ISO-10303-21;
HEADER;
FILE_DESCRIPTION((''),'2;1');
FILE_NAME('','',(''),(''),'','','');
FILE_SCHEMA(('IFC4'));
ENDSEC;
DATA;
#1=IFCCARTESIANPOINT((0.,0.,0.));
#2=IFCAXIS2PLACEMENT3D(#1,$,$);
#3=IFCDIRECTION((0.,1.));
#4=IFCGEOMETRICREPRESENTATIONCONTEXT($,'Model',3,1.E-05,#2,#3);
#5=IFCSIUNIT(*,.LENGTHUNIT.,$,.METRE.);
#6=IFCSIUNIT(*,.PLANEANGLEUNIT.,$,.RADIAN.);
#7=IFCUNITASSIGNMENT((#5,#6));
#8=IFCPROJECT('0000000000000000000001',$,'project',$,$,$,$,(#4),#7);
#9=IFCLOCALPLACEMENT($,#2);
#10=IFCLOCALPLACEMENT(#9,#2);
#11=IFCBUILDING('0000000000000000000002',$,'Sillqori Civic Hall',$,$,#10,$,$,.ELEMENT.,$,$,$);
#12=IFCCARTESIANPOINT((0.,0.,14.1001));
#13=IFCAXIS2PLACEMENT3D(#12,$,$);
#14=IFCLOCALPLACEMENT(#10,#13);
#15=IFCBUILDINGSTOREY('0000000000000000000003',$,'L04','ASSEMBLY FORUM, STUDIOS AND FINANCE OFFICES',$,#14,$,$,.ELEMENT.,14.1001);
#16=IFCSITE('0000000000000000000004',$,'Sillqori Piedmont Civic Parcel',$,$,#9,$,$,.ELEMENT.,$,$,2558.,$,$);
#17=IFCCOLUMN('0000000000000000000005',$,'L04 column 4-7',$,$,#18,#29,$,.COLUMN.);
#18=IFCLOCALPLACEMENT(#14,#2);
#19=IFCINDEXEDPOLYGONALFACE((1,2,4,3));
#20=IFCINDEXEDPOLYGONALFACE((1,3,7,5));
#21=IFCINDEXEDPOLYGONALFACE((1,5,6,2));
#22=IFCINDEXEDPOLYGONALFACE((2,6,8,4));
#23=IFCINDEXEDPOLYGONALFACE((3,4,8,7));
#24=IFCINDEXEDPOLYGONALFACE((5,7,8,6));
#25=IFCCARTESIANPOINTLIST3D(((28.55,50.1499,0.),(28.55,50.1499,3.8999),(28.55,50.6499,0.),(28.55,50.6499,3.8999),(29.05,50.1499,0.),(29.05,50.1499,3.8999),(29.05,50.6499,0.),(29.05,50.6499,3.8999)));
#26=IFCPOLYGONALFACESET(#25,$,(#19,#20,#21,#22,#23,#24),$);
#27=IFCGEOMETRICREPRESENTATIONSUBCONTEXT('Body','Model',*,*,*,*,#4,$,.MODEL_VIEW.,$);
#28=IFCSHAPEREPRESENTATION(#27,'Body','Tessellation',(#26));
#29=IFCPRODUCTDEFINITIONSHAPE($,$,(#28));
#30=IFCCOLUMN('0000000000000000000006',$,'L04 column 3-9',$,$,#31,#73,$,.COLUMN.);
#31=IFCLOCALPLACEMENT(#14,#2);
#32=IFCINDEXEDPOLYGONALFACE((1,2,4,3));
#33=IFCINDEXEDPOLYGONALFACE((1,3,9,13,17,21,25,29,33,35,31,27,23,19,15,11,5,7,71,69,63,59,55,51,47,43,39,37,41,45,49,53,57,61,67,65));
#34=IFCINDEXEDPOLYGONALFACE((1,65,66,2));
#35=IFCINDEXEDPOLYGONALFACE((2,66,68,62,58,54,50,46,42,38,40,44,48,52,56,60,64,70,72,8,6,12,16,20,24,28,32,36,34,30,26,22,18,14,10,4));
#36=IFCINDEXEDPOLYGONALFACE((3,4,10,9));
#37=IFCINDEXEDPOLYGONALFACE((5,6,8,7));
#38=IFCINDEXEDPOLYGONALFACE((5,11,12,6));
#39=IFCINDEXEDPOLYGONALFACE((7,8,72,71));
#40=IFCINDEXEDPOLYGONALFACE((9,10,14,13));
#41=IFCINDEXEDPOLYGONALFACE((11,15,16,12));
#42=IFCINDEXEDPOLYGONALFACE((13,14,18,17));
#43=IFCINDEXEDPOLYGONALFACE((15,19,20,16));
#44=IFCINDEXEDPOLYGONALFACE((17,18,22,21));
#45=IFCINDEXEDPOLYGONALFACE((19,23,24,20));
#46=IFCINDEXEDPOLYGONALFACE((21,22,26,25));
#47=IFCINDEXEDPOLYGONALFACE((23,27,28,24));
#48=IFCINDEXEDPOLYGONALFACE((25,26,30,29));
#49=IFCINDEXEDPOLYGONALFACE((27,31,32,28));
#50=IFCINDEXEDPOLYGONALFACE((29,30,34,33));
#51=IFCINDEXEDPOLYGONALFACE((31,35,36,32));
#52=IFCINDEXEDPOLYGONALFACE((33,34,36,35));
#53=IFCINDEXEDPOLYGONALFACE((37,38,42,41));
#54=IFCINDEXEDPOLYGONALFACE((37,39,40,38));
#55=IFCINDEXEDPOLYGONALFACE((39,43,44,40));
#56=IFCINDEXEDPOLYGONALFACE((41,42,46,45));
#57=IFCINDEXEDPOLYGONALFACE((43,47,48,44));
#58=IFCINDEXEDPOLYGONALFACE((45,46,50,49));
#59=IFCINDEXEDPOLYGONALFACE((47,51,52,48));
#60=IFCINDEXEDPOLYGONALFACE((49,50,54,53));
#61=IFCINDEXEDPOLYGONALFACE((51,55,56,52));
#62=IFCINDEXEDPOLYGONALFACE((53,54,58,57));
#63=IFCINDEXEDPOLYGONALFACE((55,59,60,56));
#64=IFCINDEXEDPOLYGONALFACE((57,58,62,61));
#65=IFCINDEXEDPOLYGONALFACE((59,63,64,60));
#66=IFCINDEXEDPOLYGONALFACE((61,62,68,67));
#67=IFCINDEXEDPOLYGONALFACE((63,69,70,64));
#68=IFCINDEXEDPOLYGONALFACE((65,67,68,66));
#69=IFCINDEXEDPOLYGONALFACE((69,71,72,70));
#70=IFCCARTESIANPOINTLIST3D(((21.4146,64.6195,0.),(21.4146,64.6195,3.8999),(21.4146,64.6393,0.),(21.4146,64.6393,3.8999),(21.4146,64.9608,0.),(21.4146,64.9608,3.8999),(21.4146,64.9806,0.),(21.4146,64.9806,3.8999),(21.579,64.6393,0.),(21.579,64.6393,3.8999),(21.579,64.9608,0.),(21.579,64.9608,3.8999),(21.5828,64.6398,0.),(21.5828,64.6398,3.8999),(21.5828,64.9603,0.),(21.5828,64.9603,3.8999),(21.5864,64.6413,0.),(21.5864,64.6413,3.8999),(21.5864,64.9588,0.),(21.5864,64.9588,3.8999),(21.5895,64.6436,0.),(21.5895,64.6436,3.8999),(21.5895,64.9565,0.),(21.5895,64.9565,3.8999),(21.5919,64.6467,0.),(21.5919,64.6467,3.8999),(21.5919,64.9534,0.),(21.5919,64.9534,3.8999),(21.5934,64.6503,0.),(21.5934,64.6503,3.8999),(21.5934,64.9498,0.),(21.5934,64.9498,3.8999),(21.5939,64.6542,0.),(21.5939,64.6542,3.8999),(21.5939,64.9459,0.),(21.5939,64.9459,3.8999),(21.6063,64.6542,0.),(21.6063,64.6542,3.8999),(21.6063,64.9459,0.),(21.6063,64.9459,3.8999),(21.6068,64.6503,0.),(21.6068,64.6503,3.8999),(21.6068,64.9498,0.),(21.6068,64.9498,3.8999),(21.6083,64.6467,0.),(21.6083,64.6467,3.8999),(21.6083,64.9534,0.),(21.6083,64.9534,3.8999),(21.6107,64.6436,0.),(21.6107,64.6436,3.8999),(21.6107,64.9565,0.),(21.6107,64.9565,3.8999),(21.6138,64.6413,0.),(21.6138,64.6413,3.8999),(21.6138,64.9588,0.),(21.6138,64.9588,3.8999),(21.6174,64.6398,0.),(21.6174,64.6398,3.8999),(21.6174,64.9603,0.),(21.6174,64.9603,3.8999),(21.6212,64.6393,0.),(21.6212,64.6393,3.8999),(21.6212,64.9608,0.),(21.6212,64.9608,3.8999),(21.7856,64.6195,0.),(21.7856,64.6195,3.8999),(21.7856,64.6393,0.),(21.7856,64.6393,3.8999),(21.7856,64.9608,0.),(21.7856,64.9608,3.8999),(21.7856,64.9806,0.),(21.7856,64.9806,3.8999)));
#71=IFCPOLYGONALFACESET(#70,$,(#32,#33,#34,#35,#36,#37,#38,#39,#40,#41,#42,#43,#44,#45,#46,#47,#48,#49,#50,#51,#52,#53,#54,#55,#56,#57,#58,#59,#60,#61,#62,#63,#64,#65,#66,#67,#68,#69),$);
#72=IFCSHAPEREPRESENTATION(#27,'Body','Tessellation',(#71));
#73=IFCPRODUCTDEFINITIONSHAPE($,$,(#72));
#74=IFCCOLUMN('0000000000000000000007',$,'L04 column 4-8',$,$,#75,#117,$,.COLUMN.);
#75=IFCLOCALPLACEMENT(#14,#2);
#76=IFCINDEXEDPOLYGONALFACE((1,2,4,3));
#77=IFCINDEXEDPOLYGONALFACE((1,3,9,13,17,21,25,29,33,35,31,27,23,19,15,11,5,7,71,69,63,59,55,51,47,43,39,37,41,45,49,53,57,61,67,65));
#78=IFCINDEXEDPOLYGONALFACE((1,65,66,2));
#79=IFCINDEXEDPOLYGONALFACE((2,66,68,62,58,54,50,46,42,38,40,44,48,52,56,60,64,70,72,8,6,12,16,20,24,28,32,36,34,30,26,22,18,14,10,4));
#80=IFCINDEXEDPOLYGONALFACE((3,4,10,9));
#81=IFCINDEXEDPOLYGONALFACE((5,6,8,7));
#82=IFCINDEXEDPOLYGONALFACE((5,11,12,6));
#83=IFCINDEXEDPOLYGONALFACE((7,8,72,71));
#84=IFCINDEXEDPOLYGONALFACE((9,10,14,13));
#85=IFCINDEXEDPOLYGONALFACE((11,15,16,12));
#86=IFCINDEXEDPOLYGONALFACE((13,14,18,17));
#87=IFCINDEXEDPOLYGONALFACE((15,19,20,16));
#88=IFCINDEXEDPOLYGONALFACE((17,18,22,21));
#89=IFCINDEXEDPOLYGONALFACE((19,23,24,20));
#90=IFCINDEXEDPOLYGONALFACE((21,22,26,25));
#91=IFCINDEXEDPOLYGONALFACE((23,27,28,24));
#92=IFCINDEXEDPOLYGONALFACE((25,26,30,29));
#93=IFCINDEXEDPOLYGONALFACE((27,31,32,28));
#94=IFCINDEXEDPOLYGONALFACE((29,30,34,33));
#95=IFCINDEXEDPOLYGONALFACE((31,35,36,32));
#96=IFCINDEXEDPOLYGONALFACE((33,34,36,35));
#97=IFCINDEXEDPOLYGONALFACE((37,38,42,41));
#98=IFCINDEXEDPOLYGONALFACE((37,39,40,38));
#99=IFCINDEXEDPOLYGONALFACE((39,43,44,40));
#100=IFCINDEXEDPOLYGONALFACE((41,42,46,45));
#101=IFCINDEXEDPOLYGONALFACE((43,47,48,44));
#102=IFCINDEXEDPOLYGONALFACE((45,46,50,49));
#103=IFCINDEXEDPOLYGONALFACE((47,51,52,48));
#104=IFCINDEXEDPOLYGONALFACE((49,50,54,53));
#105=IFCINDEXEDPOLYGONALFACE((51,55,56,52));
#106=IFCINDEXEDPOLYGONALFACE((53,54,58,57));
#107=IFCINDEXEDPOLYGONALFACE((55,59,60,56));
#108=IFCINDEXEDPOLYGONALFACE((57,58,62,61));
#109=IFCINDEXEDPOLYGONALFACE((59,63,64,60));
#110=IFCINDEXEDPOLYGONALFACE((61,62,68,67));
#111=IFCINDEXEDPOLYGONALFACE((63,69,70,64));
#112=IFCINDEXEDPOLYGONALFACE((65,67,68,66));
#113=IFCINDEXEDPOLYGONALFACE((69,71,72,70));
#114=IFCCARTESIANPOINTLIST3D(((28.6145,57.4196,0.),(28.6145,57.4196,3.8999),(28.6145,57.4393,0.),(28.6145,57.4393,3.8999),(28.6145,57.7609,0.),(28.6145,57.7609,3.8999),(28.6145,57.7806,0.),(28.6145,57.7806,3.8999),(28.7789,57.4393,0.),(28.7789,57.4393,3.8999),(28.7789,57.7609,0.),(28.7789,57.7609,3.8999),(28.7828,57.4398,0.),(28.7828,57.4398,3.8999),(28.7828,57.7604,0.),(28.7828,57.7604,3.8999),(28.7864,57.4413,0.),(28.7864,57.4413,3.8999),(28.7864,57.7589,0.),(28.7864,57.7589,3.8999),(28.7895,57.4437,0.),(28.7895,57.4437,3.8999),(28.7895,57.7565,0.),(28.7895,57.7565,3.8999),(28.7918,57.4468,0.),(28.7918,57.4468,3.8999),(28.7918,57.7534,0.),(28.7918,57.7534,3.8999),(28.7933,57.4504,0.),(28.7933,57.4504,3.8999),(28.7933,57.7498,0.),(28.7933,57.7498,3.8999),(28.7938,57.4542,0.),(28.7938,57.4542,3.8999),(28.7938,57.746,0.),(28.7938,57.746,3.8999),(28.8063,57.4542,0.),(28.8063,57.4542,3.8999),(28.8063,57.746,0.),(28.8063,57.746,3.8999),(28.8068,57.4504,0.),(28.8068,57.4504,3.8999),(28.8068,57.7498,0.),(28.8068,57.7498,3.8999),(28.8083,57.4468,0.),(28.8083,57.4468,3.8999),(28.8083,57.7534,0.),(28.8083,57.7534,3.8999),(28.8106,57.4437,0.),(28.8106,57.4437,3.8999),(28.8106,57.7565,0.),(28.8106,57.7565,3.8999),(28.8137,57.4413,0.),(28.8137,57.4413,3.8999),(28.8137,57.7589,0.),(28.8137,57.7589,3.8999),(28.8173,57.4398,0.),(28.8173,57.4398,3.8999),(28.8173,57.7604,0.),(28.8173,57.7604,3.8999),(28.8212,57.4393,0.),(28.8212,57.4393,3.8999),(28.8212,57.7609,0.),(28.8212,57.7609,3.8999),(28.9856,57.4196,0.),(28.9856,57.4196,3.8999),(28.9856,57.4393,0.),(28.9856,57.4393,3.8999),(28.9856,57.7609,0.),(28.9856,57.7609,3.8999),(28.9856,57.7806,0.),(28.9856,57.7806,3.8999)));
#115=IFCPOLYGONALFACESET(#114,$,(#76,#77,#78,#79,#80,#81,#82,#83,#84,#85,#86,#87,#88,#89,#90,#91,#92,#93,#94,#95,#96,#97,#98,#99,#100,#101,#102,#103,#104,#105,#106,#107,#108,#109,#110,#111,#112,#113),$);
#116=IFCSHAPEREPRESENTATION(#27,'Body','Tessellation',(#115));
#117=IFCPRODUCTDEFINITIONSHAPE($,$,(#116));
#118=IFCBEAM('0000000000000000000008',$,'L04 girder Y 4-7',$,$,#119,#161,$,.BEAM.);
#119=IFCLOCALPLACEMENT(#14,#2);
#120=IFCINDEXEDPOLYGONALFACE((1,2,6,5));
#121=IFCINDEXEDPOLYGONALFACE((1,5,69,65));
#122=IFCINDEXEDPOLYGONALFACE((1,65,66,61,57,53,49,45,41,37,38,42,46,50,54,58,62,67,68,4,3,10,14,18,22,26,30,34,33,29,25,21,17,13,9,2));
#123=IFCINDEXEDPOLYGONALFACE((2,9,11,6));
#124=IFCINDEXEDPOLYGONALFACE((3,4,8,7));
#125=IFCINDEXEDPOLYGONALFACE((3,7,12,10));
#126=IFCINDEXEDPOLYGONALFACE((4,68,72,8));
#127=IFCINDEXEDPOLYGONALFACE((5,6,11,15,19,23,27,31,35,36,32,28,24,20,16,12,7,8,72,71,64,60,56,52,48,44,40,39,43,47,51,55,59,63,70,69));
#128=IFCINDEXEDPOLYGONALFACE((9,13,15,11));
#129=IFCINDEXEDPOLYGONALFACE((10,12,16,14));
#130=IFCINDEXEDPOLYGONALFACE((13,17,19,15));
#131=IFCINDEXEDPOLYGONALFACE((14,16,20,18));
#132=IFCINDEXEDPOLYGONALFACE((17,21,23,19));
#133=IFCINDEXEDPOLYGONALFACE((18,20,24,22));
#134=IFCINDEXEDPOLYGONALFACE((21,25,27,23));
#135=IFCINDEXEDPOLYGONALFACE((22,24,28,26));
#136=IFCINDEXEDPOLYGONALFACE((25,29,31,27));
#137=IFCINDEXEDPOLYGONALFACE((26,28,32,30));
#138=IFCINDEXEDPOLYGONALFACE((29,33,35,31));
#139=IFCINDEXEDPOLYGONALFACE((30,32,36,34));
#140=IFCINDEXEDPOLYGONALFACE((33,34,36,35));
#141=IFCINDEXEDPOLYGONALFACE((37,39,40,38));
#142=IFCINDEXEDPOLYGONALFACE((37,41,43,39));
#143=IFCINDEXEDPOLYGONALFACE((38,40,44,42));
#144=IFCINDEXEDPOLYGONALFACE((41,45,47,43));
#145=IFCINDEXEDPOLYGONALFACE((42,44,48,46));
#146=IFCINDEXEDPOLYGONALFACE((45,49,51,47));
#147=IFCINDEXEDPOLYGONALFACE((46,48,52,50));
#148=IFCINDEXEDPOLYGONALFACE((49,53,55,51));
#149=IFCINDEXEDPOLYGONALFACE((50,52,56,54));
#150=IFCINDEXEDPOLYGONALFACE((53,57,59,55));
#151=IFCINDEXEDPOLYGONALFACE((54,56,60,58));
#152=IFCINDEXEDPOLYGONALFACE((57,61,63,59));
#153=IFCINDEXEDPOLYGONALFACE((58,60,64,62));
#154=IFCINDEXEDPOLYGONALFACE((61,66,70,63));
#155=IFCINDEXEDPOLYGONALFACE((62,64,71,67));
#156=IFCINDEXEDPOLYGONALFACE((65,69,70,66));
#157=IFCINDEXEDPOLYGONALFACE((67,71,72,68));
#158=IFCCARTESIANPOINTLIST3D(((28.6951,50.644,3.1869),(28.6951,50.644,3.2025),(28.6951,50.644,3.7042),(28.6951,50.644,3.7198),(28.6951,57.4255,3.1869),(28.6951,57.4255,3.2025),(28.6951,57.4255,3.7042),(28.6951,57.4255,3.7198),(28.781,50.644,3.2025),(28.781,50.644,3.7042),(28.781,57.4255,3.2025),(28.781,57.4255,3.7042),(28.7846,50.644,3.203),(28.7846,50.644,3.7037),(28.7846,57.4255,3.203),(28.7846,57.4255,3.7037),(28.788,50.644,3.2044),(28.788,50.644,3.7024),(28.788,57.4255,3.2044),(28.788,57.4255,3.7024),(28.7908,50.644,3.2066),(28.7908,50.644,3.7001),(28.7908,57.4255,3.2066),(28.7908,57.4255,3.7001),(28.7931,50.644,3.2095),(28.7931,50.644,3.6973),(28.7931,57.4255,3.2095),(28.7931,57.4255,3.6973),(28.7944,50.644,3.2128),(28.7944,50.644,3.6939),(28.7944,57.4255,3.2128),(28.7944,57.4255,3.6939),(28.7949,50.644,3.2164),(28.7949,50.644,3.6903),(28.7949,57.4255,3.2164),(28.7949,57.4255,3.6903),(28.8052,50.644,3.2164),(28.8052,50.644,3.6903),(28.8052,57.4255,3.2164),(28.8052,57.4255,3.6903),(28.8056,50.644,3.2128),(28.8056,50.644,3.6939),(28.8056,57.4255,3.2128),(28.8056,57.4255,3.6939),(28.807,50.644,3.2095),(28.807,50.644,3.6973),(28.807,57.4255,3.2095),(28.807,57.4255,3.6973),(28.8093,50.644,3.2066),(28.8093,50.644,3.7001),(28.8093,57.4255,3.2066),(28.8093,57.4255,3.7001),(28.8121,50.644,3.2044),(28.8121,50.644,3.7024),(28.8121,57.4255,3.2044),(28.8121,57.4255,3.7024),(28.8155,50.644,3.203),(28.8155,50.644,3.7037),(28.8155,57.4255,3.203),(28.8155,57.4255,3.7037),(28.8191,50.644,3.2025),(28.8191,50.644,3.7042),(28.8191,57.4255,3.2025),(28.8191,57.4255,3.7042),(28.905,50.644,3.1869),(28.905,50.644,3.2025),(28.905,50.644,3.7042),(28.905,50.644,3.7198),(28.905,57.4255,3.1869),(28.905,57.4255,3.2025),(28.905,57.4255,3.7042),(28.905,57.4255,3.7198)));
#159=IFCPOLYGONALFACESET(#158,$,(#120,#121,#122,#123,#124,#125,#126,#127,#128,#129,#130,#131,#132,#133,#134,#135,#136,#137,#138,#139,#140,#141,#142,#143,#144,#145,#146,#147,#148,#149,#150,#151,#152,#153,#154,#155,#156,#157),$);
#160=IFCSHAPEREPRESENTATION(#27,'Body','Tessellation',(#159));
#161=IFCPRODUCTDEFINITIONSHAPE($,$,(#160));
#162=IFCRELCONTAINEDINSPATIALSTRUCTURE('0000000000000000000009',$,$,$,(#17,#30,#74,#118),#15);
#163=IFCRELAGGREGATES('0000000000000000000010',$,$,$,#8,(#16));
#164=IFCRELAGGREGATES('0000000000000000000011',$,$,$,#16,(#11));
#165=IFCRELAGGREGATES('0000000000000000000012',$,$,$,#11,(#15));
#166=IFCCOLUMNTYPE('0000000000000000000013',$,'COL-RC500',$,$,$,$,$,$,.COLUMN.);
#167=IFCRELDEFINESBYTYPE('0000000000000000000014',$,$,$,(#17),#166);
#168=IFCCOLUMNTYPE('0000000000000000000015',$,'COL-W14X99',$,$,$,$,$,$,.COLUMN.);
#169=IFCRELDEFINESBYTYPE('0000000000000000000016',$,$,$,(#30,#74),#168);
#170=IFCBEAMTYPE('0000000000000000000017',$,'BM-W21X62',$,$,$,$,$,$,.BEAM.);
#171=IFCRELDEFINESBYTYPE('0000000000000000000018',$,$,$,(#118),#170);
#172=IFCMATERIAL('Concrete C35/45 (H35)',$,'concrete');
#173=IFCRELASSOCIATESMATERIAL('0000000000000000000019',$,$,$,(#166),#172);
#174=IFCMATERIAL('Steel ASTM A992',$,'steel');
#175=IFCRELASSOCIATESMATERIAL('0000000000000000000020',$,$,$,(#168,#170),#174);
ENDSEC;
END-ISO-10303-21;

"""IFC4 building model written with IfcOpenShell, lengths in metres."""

from ifc_helpers import new_model, si_unit, direction, frame, origin, origin_2d, place, context, subcontext, project, spatial, rectangle, i_section, extrude, material, material_profile, profile_set, type_object, element, save


model = new_model("IFC4")

# Units and contexts
model_context = context("Model", 3, precision=1e-05, world=origin(), true_north=direction((0.0, 1.0)))
body_context = subcontext(model_context, "Body", "Model", "MODEL_VIEW")
ifc_project = project(units=[si_unit("LENGTHUNIT", "METRE"), si_unit("PLANEANGLEUNIT", "RADIAN")], contexts=[model_context])

# Site, building, storey
site_placement = place(None, origin())
site = spatial("IfcSite", under=ifc_project, at=site_placement, Name="Sillqori Piedmont Civic Parcel", CompositionType="ELEMENT", RefElevation=2558.0)
building_placement = place(site_placement, origin())
building = spatial("IfcBuilding", under=site, at=building_placement, Name="Sillqori Civic Hall", CompositionType="ELEMENT")
storey_placement = place(building_placement, frame((0.0, 0.0, 14.1001)))
storey = spatial("IfcBuildingStorey", under=building, at=storey_placement, Name="L04", Description="ASSEMBLY FORUM, STUDIOS AND FINANCE OFFICES", CompositionType="ELEMENT", Elevation=14.1001)

# Columns
ifc_material_1 = material(Name="Concrete C35/45 (H35)", Category="concrete")
ifc_material_profile_1 = material_profile(ifc_material_1, rectangle(XDim=0.5, YDim=0.5, at=origin_2d()), Name="RC 500x500")
ifc_profile_set_1 = profile_set([ifc_material_profile_1], Name="Concrete C35/45 (H35)")
column_type_1 = type_object("IfcColumnType", Name="COL-RC500", PredefinedType="COLUMN", material=ifc_profile_set_1)
column_placement = place(storey_placement, frame((28.8, 50.3999, 0.0), z_axis=(0.0, 0.0, 1.0), x_axis=(1.0, 0.0, 0.0)))
element("IfcColumn", 1, at=column_placement, inside=storey, type_object=column_type_1, Name="L04 column 4-7", PredefinedType="COLUMN", context=body_context, shape_type="SweptSolid", body=[
    extrude(rectangle(XDim=0.5, YDim=0.5, at=origin_2d()), origin(), (0.0, 0.0, 1.0), 3.8999),
])
ifc_material_2 = material(Name="Steel ASTM A992", Category="steel")
ifc_material_profile_2 = material_profile(ifc_material_2, i_section(OverallWidth=0.3711, OverallDepth=0.3611, WebThickness=0.0125, FlangeThickness=0.0198, FilletRadius=0.0149, at=origin_2d()), Name="W14X99")
ifc_profile_set_2 = profile_set([ifc_material_profile_2], Name="Steel ASTM A992")
column_type_2 = type_object("IfcColumnType", Name="COL-W14X99", PredefinedType="COLUMN", material=ifc_profile_set_2)
for number, where, z_axis, x_axis, name in (
    (2, (21.6001, 64.8, 0.0), (0.0, 0.0, 1.0), (1.0, 0.0, 0.0), "L04 column 3-9"),
    (3, (28.8, 57.6001, 0.0), (0.0, 0.0, 1.0), (1.0, 0.0, 0.0), "L04 column 4-8"),
):
    element("IfcColumn", number, at=place(storey_placement, frame(where, z_axis=z_axis, x_axis=x_axis)), inside=storey, type_object=column_type_2, Name=name, PredefinedType="COLUMN", context=body_context, shape_type="SweptSolid", body=[
        extrude(i_section(OverallWidth=0.3711, OverallDepth=0.3611, WebThickness=0.0125, FlangeThickness=0.0198, FilletRadius=0.0149, at=origin_2d()), origin(), (0.0, 0.0, 1.0), 3.8999),
    ])

# Beam
ifc_material_profile_3 = material_profile(ifc_material_2, i_section(OverallWidth=0.21, OverallDepth=0.533, WebThickness=0.0103, FlangeThickness=0.0156, FilletRadius=0.0139, at=origin_2d()), Name="W21X62")
ifc_profile_set_3 = profile_set([ifc_material_profile_3], Name="Steel ASTM A992")
beam_type_1 = type_object("IfcBeamType", Name="BM-W21X62", PredefinedType="BEAM", material=ifc_profile_set_3)
beam_1_placement = place(storey_placement, frame((28.8, 50.644, 3.4534), z_axis=(0.0, 1.0, 0.0), x_axis=(-1.0, 0.0, 0.0)))
element("IfcBeam", 4, at=beam_1_placement, inside=storey, type_object=beam_type_1, Name="L04 girder Y 4-7", PredefinedType="BEAM", context=body_context, shape_type="SweptSolid", body=[
    extrude(i_section(OverallWidth=0.21, OverallDepth=0.533, WebThickness=0.0103, FlangeThickness=0.0156, FilletRadius=0.0139, at=origin_2d()), origin(), (0.0, 0.0, 1.0), 6.7815),
])

save(model, "model.ifc")
